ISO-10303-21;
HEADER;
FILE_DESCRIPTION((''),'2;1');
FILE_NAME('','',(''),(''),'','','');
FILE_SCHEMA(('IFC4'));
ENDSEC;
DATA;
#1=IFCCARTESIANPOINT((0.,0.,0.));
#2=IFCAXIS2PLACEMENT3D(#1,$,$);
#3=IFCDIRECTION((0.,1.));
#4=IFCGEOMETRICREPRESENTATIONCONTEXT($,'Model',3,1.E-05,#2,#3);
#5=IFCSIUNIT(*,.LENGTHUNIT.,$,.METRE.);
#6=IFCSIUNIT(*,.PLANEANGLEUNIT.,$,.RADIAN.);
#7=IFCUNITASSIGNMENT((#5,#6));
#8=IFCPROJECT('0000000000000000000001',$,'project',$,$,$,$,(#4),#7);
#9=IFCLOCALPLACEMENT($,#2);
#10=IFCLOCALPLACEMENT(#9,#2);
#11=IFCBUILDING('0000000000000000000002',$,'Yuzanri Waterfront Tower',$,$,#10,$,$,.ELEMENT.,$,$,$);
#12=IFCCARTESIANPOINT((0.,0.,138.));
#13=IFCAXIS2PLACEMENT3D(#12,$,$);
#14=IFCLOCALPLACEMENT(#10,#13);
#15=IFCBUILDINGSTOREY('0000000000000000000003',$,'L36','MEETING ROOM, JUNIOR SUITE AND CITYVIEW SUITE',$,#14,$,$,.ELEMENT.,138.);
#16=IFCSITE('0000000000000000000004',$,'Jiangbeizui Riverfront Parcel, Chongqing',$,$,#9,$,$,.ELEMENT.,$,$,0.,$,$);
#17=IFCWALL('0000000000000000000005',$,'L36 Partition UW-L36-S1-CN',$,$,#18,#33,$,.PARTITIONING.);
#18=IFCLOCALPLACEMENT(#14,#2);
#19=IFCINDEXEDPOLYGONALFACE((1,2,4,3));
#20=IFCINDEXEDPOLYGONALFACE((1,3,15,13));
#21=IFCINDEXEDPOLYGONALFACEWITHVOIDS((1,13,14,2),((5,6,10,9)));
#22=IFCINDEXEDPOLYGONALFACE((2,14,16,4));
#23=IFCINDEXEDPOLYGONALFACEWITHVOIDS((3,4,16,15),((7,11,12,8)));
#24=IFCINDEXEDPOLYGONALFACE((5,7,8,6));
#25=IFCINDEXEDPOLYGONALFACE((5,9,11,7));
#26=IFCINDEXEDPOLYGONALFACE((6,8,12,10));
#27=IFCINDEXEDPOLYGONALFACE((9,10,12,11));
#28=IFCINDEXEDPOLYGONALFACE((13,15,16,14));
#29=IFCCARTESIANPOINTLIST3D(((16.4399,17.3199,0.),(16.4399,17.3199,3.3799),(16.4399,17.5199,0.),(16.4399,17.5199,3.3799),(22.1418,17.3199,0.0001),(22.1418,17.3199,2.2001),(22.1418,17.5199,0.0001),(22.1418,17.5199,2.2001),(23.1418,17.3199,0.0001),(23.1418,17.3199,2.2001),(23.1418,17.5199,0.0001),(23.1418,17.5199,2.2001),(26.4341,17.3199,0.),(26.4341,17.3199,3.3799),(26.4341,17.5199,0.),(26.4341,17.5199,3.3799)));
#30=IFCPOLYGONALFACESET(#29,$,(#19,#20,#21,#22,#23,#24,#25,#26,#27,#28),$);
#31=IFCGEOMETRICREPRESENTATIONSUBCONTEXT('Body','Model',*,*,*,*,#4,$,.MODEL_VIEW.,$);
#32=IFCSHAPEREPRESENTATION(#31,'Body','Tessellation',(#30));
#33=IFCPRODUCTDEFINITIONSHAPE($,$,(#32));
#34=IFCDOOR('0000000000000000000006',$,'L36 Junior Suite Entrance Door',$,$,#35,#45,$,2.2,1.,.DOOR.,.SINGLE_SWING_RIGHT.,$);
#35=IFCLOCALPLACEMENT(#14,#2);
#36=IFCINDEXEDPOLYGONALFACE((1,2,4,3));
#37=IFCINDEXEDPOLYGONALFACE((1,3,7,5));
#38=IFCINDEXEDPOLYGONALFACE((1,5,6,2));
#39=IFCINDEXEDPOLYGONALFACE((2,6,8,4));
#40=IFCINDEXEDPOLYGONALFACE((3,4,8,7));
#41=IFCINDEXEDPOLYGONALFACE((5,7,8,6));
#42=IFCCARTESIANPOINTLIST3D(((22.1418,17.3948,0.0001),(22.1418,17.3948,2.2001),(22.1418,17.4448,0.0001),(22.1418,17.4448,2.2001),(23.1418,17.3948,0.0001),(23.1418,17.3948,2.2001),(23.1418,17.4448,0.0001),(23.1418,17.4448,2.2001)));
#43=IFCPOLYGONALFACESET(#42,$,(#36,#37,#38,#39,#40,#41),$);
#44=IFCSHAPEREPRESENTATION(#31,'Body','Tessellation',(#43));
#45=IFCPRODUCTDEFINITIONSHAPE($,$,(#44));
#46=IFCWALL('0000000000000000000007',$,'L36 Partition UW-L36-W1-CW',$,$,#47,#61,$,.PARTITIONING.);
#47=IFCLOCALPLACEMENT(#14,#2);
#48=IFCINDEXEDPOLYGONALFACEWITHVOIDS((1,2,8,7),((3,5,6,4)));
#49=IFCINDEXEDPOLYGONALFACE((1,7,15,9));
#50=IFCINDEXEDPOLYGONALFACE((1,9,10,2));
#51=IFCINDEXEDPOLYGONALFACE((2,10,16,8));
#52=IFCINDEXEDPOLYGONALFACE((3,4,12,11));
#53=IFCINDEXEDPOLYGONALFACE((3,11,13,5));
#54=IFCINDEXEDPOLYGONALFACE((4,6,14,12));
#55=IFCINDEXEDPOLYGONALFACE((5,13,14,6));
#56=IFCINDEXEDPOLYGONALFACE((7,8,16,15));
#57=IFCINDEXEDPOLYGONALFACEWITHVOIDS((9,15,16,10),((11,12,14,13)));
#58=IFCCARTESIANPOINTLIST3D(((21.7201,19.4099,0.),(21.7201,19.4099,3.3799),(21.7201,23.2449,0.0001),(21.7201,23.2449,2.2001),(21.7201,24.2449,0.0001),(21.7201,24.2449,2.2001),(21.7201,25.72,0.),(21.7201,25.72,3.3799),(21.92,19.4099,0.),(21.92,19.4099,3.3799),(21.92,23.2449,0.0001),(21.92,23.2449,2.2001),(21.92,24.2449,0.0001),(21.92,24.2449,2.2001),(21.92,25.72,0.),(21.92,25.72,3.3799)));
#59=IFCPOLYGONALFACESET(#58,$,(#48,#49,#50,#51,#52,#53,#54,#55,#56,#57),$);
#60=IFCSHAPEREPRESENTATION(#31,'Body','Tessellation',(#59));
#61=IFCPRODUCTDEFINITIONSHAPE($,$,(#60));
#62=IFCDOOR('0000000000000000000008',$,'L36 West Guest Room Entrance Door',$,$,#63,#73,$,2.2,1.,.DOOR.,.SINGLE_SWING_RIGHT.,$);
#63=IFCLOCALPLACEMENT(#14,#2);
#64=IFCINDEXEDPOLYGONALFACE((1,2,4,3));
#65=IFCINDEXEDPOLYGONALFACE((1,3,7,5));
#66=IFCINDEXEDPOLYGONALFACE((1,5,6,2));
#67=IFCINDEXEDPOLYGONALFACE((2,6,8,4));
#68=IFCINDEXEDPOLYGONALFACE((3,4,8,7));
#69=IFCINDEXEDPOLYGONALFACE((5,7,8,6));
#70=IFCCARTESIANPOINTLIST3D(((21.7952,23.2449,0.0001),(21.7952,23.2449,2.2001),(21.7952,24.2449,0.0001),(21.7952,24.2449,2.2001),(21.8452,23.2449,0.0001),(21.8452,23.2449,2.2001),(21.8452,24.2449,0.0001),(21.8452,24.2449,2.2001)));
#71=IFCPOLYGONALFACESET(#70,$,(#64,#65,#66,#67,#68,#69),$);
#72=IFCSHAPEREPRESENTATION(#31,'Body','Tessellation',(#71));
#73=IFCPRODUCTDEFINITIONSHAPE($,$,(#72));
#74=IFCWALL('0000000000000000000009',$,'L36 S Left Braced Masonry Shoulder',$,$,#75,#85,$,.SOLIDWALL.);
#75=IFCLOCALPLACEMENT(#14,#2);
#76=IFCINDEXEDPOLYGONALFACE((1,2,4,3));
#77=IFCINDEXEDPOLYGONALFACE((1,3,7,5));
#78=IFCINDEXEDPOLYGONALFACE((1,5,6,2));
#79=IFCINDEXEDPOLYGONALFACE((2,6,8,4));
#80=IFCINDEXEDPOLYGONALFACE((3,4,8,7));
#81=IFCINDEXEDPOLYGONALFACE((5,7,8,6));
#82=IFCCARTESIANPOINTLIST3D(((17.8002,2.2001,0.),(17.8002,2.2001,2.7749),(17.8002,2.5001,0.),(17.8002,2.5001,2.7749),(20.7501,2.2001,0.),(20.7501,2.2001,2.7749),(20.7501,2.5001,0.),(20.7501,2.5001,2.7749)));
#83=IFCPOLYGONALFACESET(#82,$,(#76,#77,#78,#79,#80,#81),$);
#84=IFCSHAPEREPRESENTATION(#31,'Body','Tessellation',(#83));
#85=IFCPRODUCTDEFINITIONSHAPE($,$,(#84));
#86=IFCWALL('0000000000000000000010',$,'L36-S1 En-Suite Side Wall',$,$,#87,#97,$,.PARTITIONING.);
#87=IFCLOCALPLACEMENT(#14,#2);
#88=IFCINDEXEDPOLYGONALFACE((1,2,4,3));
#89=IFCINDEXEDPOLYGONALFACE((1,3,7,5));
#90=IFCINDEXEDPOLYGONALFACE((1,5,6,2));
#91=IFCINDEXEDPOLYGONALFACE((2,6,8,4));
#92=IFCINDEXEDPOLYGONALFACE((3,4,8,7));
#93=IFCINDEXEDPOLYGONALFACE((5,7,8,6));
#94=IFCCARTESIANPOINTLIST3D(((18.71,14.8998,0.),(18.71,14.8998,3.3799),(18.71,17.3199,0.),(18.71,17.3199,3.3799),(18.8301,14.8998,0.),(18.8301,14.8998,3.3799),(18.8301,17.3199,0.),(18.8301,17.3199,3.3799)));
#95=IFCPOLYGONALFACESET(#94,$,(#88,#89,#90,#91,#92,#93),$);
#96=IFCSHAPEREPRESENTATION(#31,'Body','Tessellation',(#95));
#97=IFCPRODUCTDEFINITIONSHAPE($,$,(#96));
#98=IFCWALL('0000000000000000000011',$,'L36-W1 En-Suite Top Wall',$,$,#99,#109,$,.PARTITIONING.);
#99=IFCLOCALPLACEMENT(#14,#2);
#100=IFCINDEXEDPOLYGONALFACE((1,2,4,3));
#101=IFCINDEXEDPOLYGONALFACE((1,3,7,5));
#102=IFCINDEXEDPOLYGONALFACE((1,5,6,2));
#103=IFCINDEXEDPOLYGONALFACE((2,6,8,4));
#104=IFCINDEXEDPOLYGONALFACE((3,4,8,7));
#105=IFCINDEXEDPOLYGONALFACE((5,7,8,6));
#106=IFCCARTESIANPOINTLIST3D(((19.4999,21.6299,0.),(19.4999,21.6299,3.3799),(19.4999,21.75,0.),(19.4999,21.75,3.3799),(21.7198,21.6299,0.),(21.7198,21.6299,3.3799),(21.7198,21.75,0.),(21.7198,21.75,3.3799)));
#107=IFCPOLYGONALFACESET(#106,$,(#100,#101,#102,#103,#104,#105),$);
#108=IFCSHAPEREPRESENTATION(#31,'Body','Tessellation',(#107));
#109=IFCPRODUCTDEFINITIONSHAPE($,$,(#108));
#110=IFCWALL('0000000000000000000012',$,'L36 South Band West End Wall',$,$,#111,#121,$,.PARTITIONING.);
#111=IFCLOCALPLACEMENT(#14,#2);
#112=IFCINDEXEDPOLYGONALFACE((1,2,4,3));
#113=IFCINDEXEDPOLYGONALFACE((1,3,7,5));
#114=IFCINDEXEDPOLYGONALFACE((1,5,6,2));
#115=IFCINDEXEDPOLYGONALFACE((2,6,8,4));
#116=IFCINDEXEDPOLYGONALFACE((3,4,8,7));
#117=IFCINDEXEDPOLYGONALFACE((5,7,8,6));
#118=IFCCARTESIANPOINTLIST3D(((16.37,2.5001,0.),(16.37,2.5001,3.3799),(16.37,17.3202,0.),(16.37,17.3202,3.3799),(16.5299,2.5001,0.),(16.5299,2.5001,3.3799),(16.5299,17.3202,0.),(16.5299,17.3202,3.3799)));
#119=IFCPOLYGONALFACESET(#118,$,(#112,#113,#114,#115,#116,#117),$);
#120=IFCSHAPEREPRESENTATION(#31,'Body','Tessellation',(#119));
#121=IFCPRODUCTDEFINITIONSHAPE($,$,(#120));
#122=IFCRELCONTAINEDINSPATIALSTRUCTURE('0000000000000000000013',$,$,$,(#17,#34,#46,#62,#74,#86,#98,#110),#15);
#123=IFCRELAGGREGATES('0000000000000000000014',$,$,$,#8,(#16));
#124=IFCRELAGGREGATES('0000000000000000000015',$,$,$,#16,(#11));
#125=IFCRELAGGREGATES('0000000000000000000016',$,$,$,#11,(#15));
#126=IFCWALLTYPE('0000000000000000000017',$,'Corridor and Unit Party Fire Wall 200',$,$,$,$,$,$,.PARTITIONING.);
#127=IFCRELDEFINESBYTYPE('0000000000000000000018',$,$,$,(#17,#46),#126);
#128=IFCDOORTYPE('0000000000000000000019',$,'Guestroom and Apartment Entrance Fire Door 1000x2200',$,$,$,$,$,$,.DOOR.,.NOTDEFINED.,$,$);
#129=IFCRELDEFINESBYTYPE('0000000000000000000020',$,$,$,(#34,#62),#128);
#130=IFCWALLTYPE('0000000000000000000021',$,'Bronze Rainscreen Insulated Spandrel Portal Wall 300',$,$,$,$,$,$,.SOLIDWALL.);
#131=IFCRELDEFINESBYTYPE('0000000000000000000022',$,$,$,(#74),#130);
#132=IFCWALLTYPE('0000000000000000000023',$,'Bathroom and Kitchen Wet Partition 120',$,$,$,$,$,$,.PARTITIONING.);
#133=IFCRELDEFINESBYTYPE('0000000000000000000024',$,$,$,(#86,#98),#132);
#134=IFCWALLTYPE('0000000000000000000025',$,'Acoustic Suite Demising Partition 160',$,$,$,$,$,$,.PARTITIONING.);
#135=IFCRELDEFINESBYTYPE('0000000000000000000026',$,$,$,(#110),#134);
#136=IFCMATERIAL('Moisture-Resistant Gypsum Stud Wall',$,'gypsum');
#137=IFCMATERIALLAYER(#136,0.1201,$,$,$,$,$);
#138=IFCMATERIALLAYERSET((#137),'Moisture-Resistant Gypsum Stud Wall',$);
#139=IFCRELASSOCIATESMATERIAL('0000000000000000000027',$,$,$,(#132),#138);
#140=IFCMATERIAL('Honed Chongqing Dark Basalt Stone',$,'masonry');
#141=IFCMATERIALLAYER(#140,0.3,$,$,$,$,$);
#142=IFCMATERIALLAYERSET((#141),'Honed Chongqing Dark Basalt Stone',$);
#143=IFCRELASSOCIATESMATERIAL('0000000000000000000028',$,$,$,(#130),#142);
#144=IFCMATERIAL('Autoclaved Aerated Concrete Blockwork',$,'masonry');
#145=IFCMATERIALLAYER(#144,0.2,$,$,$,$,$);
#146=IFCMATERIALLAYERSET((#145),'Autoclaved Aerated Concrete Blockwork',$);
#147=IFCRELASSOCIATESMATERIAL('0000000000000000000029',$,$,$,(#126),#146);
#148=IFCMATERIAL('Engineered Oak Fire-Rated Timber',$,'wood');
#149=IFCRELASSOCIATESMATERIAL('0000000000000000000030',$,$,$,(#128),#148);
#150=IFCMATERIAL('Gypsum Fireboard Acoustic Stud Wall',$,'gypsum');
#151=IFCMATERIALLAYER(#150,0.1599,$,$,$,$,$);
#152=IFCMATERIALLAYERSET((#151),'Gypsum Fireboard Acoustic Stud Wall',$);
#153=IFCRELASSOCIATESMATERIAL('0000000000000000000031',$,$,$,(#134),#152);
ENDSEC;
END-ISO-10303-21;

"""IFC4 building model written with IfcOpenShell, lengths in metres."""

from ifc_helpers import new_model, si_unit, direction, frame, frame_2d, origin, place, context, subcontext, project, spatial, rectangle, extrude, source, transform, mapped, material, layer, layer_set, type_object, element, fill, save


model = new_model("IFC4")

# Units and contexts
model_context = context("Model", 3, precision=1e-05, world=origin(), true_north=direction((0.0, 1.0)))
body_context = subcontext(model_context, "Body", "Model", "MODEL_VIEW")
ifc_project = project(units=[si_unit("LENGTHUNIT", "METRE"), si_unit("PLANEANGLEUNIT", "RADIAN")], contexts=[model_context])

# Site, building, storey
site_placement = place(None, origin())
site = spatial("IfcSite", under=ifc_project, at=site_placement, Name="Jiangbeizui Riverfront Parcel, Chongqing", CompositionType="ELEMENT", RefElevation=0.0)
building_placement = place(site_placement, origin())
building = spatial("IfcBuilding", under=site, at=building_placement, Name="Yuzanri Waterfront Tower", CompositionType="ELEMENT")
storey_placement = place(building_placement, frame((0.0, 0.0, 138.0)))
storey = spatial("IfcBuildingStorey", under=building, at=storey_placement, Name="L36", Description="MEETING ROOM, JUNIOR SUITE AND CITYVIEW SUITE", CompositionType="ELEMENT", Elevation=138.0)

# Shared definitions
ifc_material_1 = material(Name="Moisture-Resistant Gypsum Stud Wall", Category="gypsum")
ifc_layer_1 = layer(ifc_material_1, 0.1201)
ifc_layer_set_1 = layer_set([ifc_layer_1], Name="Moisture-Resistant Gypsum Stud Wall")
wall_type_1 = type_object("IfcWallType", Name="Bathroom and Kitchen Wet Partition 120", PredefinedType="PARTITIONING", material=ifc_layer_set_1)

# Shared definitions
ifc_material_2 = material(Name="Honed Chongqing Dark Basalt Stone", Category="masonry")
ifc_layer_2 = layer(ifc_material_2, 0.3)
ifc_layer_set_2 = layer_set([ifc_layer_2], Name="Honed Chongqing Dark Basalt Stone")
wall_type_2 = type_object("IfcWallType", Name="Bronze Rainscreen Insulated Spandrel Portal Wall 300", PredefinedType="SOLIDWALL", material=ifc_layer_set_2)

# Walls, openings, doors
ifc_material_3 = material(Name="Autoclaved Aerated Concrete Blockwork", Category="masonry")
ifc_layer_3 = layer(ifc_material_3, 0.2)
ifc_layer_set_3 = layer_set([ifc_layer_3], Name="Autoclaved Aerated Concrete Blockwork")
wall_type_3 = type_object("IfcWallType", Name="Corridor and Unit Party Fire Wall 200", PredefinedType="PARTITIONING", material=ifc_layer_set_3)
wall_1_placement = place(storey_placement, frame((16.4399, 17.4199, 0.0), z_axis=(0.0, 0.0, 1.0), x_axis=(1.0, 0.0, 0.0)))
wall_1 = element("IfcWall", 1, at=wall_1_placement, inside=storey, type_object=wall_type_3, Name="L36 Partition UW-L36-S1-CN", PredefinedType="PARTITIONING", context=body_context, shape_type="SweptSolid", body=[
    extrude(rectangle(XDim=9.9941, YDim=0.2, at=frame_2d((4.9971, 0.0))), origin(), (0.0, 0.0, 1.0), 3.3799),
])
opening_1_placement = place(wall_1_placement, frame((5.7019, 0.0, 0.0)))
opening_1 = element("IfcOpeningElement", 2, at=opening_1_placement, cuts=wall_1, PredefinedType="OPENING", context=body_context, shape_type="SweptSolid", body=[
    extrude(rectangle(XDim=1.0, YDim=2.2, at=frame_2d((0.5, 1.1001))), frame((0.0, 0.1147, 0.0), z_axis=(0.0, -1.0, 0.0), x_axis=(1.0, 0.0, 0.0)), (0.0, 0.0, 1.0), 0.2297),
])
ifc_material_4 = material(Name="Engineered Oak Fire-Rated Timber", Category="wood")
door_type_1 = type_object("IfcDoorType", Name="Guestroom and Apartment Entrance Fire Door 1000x2200", OperationType="NOTDEFINED", PredefinedType="DOOR", material=ifc_material_4)
shared_shape_1 = source(origin(), body_context, "Body", "SweptSolid", [
    extrude(rectangle(XDim=1.0, YDim=2.2, at=frame_2d((0.5, 1.1001))), frame((0.0, 0.0249, 0.0), z_axis=(0.0, -1.0, 0.0), x_axis=(1.0, 0.0, 0.0)), (0.0, 0.0, 1.0), 0.05),
])
door_1_placement = place(opening_1_placement, origin())
door_1 = element("IfcDoor", 3, at=door_1_placement, inside=storey, type_object=door_type_1, Name="L36 Junior Suite Entrance Door", OperationType="SINGLE_SWING_RIGHT", OverallHeight=2.2, OverallWidth=1.0, PredefinedType="DOOR", context=body_context, shape_type="MappedRepresentation", body=[
    mapped(shared_shape_1, transform((0.0, 0.0, 0.0), scale=1.0)),
])
fill(opening_1, door_1)
wall_2_placement = place(storey_placement, frame((21.8201, 19.4099, 0.0), z_axis=(0.0, 0.0, 1.0), x_axis=(0.0, 1.0, 0.0)))
wall_2 = element("IfcWall", 4, at=wall_2_placement, inside=storey, type_object=wall_type_3, Name="L36 Partition UW-L36-W1-CW", PredefinedType="PARTITIONING", context=body_context, shape_type="SweptSolid", body=[
    extrude(rectangle(XDim=6.3101, YDim=0.2, at=frame_2d((3.155, 0.0))), origin(), (0.0, 0.0, 1.0), 3.3799),
])
opening_2_placement = place(wall_2_placement, frame((3.835, 0.0, 0.0)))
opening_2 = element("IfcOpeningElement", 5, at=opening_2_placement, cuts=wall_2, PredefinedType="OPENING", context=body_context, shape_type="SweptSolid", body=[
    extrude(rectangle(XDim=1.0, YDim=2.2, at=frame_2d((0.5, 1.1001))), frame((0.0, 0.1147, 0.0), z_axis=(0.0, -1.0, 0.0), x_axis=(1.0, 0.0, 0.0)), (0.0, 0.0, 1.0), 0.2297),
])
door_2_placement = place(opening_2_placement, origin())
door_2 = element("IfcDoor", 6, at=door_2_placement, inside=storey, type_object=door_type_1, Name="L36 West Guest Room Entrance Door", OperationType="SINGLE_SWING_RIGHT", OverallHeight=2.2, OverallWidth=1.0, PredefinedType="DOOR", context=body_context, shape_type="MappedRepresentation", body=[
    mapped(shared_shape_1, transform((0.0, 0.0, 0.0), scale=1.0)),
])
fill(opening_2, door_2)

# Walls
shared_shape_2 = source(origin(), body_context, "Body", "SweptSolid", [
    extrude(rectangle(XDim=2.95, YDim=0.3, at=frame_2d((1.4751, 0.0))), origin(), (0.0, 0.0, 1.0), 2.7749),
])
wall_3_placement = place(storey_placement, frame((17.8, 2.3501, 0.0), z_axis=(0.0, 0.0, 1.0), x_axis=(1.0, 0.0, 0.0)))
element("IfcWall", 7, at=wall_3_placement, inside=storey, type_object=wall_type_2, Name="L36 S Left Braced Masonry Shoulder", PredefinedType="SOLIDWALL", context=body_context, shape_type="MappedRepresentation", body=[
    mapped(shared_shape_2, transform((0.0, 0.0, 0.0), scale=1.0)),
])
shared_shape_3 = source(origin(), body_context, "Body", "SweptSolid", [
    extrude(rectangle(XDim=2.4202, YDim=0.1201, at=frame_2d((1.21, 0.0))), origin(), (0.0, 0.0, 1.0), 3.3799),
])
wall_4_placement = place(storey_placement, frame((18.77, 14.8999, 0.0), z_axis=(0.0, 0.0, 1.0), x_axis=(0.0, 1.0, 0.0)))
element("IfcWall", 8, at=wall_4_placement, inside=storey, type_object=wall_type_1, Name="L36-S1 En-Suite Side Wall", PredefinedType="PARTITIONING", context=body_context, shape_type="MappedRepresentation", body=[
    mapped(shared_shape_3, transform((0.0, 0.0, 0.0), scale=1.0)),
])
shared_shape_4 = source(origin(), body_context, "Body", "SweptSolid", [
    extrude(rectangle(XDim=2.22, YDim=0.1201, at=frame_2d((1.1099, 0.0))), origin(), (0.0, 0.0, 1.0), 3.3799),
])
wall_5_placement = place(storey_placement, frame((19.5, 21.6899, 0.0), z_axis=(0.0, 0.0, 1.0), x_axis=(1.0, 0.0, 0.0)))
element("IfcWall", 9, at=wall_5_placement, inside=storey, type_object=wall_type_1, Name="L36-W1 En-Suite Top Wall", PredefinedType="PARTITIONING", context=body_context, shape_type="MappedRepresentation", body=[
    mapped(shared_shape_4, transform((0.0, 0.0, 0.0), scale=1.0)),
])
ifc_material_5 = material(Name="Gypsum Fireboard Acoustic Stud Wall", Category="gypsum")
ifc_layer_4 = layer(ifc_material_5, 0.1599)
ifc_layer_set_4 = layer_set([ifc_layer_4], Name="Gypsum Fireboard Acoustic Stud Wall")
wall_type_4 = type_object("IfcWallType", Name="Acoustic Suite Demising Partition 160", PredefinedType="PARTITIONING", material=ifc_layer_set_4)
shared_shape_5 = source(origin(), body_context, "Body", "SweptSolid", [
    extrude(rectangle(XDim=14.8201, YDim=0.1599, at=frame_2d((7.4102, 0.0))), origin(), (0.0, 0.0, 1.0), 3.3799),
])
wall_6_placement = place(storey_placement, frame((16.45, 2.5, 0.0), z_axis=(0.0, 0.0, 1.0), x_axis=(0.0, 1.0, 0.0)))
element("IfcWall", 10, at=wall_6_placement, inside=storey, type_object=wall_type_4, Name="L36 South Band West End Wall", PredefinedType="PARTITIONING", context=body_context, shape_type="MappedRepresentation", body=[
    mapped(shared_shape_5, transform((0.0, 0.0, 0.0), scale=1.0)),
])

save(model, "model.ifc")
